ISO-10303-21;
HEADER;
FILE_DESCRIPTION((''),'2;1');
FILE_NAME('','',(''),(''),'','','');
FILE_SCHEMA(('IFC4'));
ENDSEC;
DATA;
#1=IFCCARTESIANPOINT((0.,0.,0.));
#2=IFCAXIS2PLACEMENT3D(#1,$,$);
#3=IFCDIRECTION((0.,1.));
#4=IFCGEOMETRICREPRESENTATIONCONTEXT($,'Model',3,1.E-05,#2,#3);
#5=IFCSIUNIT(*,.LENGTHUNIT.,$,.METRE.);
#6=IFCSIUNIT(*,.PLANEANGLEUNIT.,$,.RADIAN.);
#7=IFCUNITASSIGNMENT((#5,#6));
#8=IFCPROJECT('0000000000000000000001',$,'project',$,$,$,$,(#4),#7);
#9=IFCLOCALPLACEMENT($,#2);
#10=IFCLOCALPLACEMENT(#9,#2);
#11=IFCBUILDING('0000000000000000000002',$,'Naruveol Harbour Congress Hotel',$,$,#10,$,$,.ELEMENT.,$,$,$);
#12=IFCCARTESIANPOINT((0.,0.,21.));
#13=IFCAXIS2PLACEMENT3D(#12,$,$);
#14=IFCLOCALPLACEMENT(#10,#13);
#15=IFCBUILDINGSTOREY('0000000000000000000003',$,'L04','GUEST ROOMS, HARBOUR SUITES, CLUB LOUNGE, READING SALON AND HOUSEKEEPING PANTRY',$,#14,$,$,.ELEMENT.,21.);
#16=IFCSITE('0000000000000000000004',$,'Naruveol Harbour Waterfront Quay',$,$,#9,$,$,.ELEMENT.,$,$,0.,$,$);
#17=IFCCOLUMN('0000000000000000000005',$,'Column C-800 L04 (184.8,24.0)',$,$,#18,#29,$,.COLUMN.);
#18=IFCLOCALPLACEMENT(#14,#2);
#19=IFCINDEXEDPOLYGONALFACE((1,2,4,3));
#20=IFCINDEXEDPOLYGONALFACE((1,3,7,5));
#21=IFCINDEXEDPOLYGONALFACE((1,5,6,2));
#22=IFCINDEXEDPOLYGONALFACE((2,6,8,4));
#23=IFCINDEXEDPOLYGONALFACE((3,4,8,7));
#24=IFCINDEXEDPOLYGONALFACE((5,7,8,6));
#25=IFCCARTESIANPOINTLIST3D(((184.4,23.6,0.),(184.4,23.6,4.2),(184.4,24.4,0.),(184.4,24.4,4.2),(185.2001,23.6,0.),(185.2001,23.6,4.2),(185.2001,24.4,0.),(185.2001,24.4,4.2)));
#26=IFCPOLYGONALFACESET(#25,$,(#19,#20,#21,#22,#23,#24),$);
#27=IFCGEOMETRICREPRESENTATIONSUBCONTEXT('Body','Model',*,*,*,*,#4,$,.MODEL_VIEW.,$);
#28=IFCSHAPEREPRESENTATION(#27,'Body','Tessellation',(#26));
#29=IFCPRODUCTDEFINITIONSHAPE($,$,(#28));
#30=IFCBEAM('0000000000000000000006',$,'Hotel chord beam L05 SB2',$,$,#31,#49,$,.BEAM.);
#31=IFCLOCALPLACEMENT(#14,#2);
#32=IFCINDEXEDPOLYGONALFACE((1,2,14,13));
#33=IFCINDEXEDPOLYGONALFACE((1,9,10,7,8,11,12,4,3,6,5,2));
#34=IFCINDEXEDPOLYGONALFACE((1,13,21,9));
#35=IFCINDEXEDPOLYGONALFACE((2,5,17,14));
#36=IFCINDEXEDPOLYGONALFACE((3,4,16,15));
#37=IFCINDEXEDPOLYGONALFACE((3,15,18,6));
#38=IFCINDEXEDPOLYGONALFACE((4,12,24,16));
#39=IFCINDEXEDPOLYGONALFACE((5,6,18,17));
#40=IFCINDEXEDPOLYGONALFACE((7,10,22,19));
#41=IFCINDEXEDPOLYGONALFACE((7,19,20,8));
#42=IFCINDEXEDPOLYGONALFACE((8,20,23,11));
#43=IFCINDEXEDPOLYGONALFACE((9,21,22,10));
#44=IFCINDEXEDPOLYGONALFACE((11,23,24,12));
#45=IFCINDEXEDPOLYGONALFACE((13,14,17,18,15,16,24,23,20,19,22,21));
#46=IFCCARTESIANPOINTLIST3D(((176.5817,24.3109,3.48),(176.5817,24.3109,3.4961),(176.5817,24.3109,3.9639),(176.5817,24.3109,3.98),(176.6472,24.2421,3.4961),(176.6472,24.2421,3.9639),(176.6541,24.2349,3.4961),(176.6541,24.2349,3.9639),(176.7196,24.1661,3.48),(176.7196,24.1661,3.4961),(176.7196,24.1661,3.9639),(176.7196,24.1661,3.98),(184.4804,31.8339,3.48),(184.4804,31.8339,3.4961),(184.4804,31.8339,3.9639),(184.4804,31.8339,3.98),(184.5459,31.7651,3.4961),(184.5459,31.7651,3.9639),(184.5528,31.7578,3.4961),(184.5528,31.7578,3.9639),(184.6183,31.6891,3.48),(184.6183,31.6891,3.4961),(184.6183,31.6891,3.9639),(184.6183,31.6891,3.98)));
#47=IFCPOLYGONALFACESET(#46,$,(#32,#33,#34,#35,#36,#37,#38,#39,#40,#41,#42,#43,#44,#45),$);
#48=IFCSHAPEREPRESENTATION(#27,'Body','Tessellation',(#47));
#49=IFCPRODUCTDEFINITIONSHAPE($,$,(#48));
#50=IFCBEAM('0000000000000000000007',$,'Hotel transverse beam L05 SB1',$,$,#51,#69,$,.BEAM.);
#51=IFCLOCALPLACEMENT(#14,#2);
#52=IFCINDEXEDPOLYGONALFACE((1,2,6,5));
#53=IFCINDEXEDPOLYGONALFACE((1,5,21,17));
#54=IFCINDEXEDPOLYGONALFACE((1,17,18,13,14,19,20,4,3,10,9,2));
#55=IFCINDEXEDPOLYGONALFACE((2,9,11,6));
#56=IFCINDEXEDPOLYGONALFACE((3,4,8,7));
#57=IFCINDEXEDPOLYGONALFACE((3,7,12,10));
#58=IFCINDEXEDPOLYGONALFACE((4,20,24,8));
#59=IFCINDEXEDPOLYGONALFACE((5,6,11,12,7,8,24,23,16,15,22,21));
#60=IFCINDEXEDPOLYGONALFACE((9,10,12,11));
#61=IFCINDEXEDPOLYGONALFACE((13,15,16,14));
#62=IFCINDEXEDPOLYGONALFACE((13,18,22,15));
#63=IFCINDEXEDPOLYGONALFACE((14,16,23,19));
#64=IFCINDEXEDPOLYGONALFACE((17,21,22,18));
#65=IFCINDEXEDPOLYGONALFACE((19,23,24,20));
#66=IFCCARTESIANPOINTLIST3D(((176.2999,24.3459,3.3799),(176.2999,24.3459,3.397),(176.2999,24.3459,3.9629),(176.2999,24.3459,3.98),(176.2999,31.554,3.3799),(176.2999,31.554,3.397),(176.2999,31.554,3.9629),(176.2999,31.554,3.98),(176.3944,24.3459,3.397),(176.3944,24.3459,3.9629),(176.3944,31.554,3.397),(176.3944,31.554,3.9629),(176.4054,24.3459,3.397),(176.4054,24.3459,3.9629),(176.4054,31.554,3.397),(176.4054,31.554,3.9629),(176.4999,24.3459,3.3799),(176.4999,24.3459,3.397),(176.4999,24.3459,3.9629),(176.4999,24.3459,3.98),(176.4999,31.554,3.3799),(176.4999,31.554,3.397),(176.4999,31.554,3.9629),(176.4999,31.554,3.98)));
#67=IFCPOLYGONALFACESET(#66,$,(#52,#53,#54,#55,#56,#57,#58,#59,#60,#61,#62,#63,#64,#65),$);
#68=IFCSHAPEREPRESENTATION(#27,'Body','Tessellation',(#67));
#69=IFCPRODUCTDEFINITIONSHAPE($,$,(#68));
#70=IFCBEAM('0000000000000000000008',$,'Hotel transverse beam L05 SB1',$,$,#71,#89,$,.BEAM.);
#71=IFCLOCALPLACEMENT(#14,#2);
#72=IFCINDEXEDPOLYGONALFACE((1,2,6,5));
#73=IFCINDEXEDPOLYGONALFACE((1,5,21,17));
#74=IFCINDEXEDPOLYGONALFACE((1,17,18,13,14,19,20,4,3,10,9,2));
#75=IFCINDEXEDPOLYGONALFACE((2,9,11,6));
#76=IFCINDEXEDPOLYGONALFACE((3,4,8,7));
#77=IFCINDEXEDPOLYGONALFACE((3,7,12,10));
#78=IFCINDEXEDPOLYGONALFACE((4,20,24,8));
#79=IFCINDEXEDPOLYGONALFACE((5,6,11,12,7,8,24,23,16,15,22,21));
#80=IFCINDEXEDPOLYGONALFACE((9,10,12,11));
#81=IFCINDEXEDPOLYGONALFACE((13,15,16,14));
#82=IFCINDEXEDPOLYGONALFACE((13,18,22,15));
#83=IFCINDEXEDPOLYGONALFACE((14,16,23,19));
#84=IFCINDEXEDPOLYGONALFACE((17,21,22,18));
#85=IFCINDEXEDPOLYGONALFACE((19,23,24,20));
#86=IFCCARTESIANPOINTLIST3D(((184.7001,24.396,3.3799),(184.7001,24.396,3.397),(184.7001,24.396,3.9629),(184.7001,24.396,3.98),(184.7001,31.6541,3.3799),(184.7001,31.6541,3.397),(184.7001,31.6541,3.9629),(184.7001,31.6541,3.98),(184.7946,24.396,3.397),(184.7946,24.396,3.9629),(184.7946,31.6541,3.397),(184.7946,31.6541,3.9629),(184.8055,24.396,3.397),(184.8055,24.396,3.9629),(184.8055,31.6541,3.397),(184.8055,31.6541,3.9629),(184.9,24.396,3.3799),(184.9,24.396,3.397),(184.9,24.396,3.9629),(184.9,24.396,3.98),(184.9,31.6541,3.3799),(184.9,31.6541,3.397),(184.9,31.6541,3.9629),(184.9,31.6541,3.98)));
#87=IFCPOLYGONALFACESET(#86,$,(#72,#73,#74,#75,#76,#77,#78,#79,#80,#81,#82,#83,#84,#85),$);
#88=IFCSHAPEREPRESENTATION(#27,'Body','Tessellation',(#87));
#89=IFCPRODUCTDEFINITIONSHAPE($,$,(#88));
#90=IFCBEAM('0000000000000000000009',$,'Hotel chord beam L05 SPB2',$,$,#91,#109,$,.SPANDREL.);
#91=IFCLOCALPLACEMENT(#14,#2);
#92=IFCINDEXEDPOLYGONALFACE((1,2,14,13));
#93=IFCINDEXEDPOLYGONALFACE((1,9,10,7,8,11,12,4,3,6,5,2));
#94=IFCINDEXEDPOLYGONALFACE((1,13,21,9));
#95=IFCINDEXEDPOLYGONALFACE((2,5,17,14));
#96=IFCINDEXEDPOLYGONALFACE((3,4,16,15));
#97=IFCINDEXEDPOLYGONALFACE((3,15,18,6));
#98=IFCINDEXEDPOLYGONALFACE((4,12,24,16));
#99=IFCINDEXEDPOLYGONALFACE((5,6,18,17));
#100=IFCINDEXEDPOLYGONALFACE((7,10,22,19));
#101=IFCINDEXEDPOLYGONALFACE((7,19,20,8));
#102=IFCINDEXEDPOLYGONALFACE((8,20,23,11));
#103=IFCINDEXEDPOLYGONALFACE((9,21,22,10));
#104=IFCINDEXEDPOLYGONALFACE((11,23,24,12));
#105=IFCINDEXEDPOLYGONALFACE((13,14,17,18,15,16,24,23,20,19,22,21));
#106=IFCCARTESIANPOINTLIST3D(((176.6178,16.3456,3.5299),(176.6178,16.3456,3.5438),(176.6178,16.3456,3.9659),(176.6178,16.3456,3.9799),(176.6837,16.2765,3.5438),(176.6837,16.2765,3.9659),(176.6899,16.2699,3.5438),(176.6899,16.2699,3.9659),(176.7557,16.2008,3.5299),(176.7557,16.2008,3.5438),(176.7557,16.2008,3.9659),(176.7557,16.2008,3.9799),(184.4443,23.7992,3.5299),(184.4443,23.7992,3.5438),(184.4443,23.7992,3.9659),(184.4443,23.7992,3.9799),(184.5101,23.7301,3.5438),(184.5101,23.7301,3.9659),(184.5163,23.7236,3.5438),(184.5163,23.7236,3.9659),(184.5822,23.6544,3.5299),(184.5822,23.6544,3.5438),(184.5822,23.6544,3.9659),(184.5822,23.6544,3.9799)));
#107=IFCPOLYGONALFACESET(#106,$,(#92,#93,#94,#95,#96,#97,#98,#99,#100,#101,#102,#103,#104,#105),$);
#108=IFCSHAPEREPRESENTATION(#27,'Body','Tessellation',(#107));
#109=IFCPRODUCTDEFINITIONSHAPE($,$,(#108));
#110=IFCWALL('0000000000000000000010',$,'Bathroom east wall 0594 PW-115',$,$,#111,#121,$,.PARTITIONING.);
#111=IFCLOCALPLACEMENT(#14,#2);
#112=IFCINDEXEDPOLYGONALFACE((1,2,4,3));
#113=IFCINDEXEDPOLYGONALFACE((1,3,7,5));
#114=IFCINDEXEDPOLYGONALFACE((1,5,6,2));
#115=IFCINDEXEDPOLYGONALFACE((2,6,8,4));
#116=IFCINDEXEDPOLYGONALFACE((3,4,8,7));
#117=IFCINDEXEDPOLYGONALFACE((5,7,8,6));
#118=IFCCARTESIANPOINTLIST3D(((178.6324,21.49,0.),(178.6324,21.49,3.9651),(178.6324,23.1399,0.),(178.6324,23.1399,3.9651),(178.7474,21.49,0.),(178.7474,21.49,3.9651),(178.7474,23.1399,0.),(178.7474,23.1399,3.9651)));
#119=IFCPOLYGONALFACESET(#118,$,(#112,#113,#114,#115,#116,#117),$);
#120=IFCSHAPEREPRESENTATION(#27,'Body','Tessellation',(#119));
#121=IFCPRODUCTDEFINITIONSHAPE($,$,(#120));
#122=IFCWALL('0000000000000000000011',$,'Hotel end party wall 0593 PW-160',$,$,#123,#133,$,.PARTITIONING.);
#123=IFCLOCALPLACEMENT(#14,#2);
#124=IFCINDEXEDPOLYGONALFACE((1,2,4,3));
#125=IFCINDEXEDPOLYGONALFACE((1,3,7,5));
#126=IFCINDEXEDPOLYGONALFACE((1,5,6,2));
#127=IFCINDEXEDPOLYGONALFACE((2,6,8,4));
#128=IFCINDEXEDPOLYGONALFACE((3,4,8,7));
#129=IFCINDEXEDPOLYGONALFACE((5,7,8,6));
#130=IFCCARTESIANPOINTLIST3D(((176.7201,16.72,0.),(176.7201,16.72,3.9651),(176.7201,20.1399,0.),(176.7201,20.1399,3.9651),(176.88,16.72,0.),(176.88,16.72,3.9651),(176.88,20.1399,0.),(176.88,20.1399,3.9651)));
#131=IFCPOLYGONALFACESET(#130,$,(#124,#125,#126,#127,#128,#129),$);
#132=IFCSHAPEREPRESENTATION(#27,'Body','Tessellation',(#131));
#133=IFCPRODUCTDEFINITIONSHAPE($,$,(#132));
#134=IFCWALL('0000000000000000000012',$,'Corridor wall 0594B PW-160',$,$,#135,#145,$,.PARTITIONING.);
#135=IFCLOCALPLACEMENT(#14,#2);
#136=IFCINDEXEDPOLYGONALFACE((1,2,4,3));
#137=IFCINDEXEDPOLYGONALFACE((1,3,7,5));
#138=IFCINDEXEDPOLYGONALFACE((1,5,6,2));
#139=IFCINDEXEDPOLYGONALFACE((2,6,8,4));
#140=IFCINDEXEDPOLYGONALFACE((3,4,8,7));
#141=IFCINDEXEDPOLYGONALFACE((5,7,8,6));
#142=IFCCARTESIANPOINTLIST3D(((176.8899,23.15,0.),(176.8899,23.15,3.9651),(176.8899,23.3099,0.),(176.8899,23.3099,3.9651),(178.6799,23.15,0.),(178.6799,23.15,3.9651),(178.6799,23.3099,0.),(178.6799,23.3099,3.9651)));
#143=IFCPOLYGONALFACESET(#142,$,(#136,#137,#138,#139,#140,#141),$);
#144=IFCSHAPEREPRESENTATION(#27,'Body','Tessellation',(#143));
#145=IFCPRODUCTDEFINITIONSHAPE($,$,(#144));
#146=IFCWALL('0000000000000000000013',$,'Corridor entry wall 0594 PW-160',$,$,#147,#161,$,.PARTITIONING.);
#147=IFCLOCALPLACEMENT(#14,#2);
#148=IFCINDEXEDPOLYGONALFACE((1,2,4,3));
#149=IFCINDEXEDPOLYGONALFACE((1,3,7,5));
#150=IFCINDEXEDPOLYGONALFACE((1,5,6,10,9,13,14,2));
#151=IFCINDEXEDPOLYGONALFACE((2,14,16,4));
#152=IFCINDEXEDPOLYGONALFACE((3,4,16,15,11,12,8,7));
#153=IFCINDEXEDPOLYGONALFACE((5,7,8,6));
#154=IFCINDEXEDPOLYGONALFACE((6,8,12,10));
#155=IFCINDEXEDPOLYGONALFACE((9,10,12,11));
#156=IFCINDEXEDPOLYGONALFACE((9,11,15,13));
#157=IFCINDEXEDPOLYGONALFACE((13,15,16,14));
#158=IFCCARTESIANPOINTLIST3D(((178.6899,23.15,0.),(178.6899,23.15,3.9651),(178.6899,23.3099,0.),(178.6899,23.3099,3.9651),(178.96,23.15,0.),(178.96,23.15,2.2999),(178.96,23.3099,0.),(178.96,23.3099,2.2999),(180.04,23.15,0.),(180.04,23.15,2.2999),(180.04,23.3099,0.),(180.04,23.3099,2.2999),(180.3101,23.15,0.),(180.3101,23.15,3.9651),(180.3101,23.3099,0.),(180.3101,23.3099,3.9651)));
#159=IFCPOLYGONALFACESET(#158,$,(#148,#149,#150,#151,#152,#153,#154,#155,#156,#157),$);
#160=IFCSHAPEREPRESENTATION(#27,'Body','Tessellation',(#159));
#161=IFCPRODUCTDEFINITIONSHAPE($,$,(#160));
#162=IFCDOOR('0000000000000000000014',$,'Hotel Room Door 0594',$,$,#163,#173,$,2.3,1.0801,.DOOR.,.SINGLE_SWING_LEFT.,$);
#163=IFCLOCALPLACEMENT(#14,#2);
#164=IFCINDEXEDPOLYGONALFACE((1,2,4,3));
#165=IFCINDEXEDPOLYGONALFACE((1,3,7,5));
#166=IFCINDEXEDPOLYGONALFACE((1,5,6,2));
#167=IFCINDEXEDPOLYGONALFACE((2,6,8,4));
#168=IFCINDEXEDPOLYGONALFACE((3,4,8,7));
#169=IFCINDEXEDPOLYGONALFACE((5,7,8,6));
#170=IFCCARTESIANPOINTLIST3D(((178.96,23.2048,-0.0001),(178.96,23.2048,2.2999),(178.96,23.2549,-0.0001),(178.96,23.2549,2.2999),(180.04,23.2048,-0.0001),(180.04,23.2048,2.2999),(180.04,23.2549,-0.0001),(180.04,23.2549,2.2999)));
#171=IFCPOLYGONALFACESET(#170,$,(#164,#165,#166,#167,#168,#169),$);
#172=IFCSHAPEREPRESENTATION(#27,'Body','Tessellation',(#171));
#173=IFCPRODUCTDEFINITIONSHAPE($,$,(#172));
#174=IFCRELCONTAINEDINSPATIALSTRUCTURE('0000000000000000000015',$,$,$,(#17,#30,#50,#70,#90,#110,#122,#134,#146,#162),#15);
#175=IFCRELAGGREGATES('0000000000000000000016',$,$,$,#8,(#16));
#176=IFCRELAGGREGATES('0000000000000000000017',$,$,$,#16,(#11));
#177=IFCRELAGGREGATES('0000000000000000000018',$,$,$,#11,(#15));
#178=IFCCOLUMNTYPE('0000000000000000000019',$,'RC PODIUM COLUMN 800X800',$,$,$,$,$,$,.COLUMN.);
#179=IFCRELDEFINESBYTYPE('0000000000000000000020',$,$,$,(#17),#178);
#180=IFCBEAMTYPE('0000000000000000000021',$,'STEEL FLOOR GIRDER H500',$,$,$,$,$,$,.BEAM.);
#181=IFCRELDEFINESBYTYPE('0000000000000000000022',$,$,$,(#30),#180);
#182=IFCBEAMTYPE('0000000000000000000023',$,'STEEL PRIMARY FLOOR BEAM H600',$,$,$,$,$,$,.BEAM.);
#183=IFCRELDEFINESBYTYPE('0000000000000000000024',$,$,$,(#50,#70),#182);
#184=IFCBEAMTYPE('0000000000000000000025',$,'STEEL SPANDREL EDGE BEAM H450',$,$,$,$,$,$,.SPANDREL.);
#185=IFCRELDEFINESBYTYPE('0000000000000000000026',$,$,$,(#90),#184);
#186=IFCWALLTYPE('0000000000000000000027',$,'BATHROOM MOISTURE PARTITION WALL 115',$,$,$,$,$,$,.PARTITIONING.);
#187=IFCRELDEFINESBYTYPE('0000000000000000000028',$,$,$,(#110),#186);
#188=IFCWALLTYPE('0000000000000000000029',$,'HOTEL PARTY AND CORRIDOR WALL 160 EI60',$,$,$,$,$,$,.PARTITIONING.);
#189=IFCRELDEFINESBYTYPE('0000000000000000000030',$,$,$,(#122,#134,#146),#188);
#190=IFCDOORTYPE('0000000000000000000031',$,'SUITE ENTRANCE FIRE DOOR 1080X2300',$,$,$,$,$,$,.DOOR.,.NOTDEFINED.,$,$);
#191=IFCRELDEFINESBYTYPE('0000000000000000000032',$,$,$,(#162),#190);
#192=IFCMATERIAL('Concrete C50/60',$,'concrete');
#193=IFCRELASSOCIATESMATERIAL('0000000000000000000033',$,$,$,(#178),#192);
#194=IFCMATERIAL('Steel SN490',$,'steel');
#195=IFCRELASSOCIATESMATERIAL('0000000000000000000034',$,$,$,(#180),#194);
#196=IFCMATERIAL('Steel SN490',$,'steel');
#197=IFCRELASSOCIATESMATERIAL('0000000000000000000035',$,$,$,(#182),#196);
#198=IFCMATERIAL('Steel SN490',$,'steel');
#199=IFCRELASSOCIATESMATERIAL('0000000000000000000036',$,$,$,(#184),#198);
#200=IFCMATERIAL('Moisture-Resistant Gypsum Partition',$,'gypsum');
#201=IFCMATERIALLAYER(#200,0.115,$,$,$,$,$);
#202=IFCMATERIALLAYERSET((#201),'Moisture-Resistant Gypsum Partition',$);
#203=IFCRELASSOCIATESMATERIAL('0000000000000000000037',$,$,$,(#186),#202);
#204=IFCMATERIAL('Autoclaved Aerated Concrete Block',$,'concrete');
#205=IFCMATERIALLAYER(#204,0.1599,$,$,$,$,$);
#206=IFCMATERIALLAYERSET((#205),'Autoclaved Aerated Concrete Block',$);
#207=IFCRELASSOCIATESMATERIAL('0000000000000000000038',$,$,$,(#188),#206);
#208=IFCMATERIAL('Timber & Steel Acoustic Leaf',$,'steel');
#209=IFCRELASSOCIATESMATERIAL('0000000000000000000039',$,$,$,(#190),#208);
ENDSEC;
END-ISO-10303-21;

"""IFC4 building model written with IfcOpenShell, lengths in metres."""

from ifc_helpers import new_model, si_unit, direction, frame, frame_2d, origin, origin_2d, place, context, subcontext, project, spatial, rectangle, i_section, extrude, material, layer, layer_set, material_profile, profile_set, type_object, element, fill, save


model = new_model("IFC4")

# Units and contexts
model_context = context("Model", 3, precision=1e-05, world=origin(), true_north=direction((0.0, 1.0)))
body_context = subcontext(model_context, "Body", "Model", "MODEL_VIEW")
ifc_project = project(units=[si_unit("LENGTHUNIT", "METRE"), si_unit("PLANEANGLEUNIT", "RADIAN")], contexts=[model_context])

# Site, building, storey
site_placement = place(None, origin())
site = spatial("IfcSite", under=ifc_project, at=site_placement, Name="Naruveol Harbour Waterfront Quay", CompositionType="ELEMENT", RefElevation=0.0)
building_placement = place(site_placement, origin())
building = spatial("IfcBuilding", under=site, at=building_placement, Name="Naruveol Harbour Congress Hotel", CompositionType="ELEMENT")
storey_placement = place(building_placement, frame((0.0, 0.0, 21.0)))
storey = spatial("IfcBuildingStorey", under=building, at=storey_placement, Name="L04", Description="GUEST ROOMS, HARBOUR SUITES, CLUB LOUNGE, READING SALON AND HOUSEKEEPING PANTRY", CompositionType="ELEMENT", Elevation=21.0)

# Column
ifc_material_1 = material(Name="Concrete C50/60", Category="concrete")
ifc_material_profile_1 = material_profile(ifc_material_1, rectangle(XDim=0.8, YDim=0.8, at=origin_2d()), Name="RC-800x800")
ifc_profile_set_1 = profile_set([ifc_material_profile_1], Name="Concrete C50/60")
column_type = type_object("IfcColumnType", Name="RC PODIUM COLUMN 800X800", PredefinedType="COLUMN", material=ifc_profile_set_1)
column_placement = place(storey_placement, frame((184.8, 24.0, 0.0), z_axis=(0.0, 0.0, 1.0), x_axis=(1.0, 0.0, 0.0)))
element("IfcColumn", 1, at=column_placement, inside=storey, type_object=column_type, Name="Column C-800 L04 (184.8,24.0)", PredefinedType="COLUMN", context=body_context, shape_type="SweptSolid", body=[
    extrude(rectangle(XDim=0.8, YDim=0.8, at=origin_2d()), origin(), (0.0, 0.0, 1.0), 4.2),
])

# Beams
ifc_material_2 = material(Name="Steel SN490", Category="steel")
ifc_material_profile_2 = material_profile(ifc_material_2, i_section(OverallWidth=0.2, OverallDepth=0.5, WebThickness=0.01, FlangeThickness=0.0161, at=origin_2d()), Name="H-500x200x10x16")
ifc_profile_set_2 = profile_set([ifc_material_profile_2], Name="Steel SN490")
beam_type_1 = type_object("IfcBeamType", Name="STEEL FLOOR GIRDER H500", PredefinedType="BEAM", material=ifc_profile_set_2)
beam_1_placement = place(storey_placement, frame((176.6506, 24.2385, 3.73), z_axis=(0.72412, 0.689674, 0.0), x_axis=(-0.689674, 0.72412, 0.0)))
element("IfcBeam", 2, at=beam_1_placement, inside=storey, type_object=beam_type_1, Name="Hotel chord beam L05 SB2", PredefinedType="BEAM", context=body_context, shape_type="SweptSolid", body=[
    extrude(i_section(OverallWidth=0.2, OverallDepth=0.5, WebThickness=0.01, FlangeThickness=0.0161, at=origin_2d()), origin(), (0.0, 0.0, 1.0), 10.908),
])
ifc_material_3 = material(Name="Steel SN490", Category="steel")
ifc_material_profile_3 = material_profile(ifc_material_3, i_section(OverallWidth=0.2, OverallDepth=0.6001, WebThickness=0.011, FlangeThickness=0.0171, at=origin_2d()), Name="H-600x200x11x17")
ifc_profile_set_3 = profile_set([ifc_material_profile_3], Name="Steel SN490")
beam_type_2 = type_object("IfcBeamType", Name="STEEL PRIMARY FLOOR BEAM H600", PredefinedType="BEAM", material=ifc_profile_set_3)
beam_2_placement = place(storey_placement, frame((176.3999, 24.3459, 3.6799), z_axis=(0.0, 1.0, 0.0), x_axis=(-1.0, 0.0, 0.0)))
element("IfcBeam", 3, at=beam_2_placement, inside=storey, type_object=beam_type_2, Name="Hotel transverse beam L05 SB1", PredefinedType="BEAM", context=body_context, shape_type="SweptSolid", body=[
    extrude(i_section(OverallWidth=0.2, OverallDepth=0.6001, WebThickness=0.011, FlangeThickness=0.0171, at=origin_2d()), origin(), (0.0, 0.0, 1.0), 7.208),
])
beam_3_placement = place(storey_placement, frame((184.8, 24.396, 3.6799), z_axis=(0.0, 1.0, 0.0), x_axis=(-1.0, 0.0, 0.0)))
element("IfcBeam", 4, at=beam_3_placement, inside=storey, type_object=beam_type_2, Name="Hotel transverse beam L05 SB1", PredefinedType="BEAM", context=body_context, shape_type="SweptSolid", body=[
    extrude(i_section(OverallWidth=0.2, OverallDepth=0.6001, WebThickness=0.011, FlangeThickness=0.0171, at=origin_2d()), origin(), (0.0, 0.0, 1.0), 7.2581),
])
ifc_material_4 = material(Name="Steel SN490", Category="steel")
ifc_material_profile_4 = material_profile(ifc_material_4, i_section(OverallWidth=0.2, OverallDepth=0.45, WebThickness=0.009, FlangeThickness=0.0139, at=origin_2d()), Name="H-450x200x9x14")
ifc_profile_set_4 = profile_set([ifc_material_profile_4], Name="Steel SN490")
beam_type_3 = type_object("IfcBeamType", Name="STEEL SPANDREL EDGE BEAM H450", PredefinedType="SPANDREL", material=ifc_profile_set_4)
beam_4_placement = place(storey_placement, frame((176.6868, 16.2732, 3.7549), z_axis=(0.724143, 0.68965, 0.0), x_axis=(-0.68965, 0.724143, 0.0)))
element("IfcBeam", 5, at=beam_4_placement, inside=storey, type_object=beam_type_3, Name="Hotel chord beam L05 SPB2", PredefinedType="SPANDREL", context=body_context, shape_type="SweptSolid", body=[
    extrude(i_section(OverallWidth=0.2, OverallDepth=0.45, WebThickness=0.009, FlangeThickness=0.0139, at=origin_2d()), origin(), (0.0, 0.0, 1.0), 10.8079),
])

# Wall
ifc_material_5 = material(Name="Moisture-Resistant Gypsum Partition", Category="gypsum")
ifc_layer_1 = layer(ifc_material_5, 0.115)
ifc_layer_set_1 = layer_set([ifc_layer_1], Name="Moisture-Resistant Gypsum Partition")
wall_type_1 = type_object("IfcWallType", Name="BATHROOM MOISTURE PARTITION WALL 115", PredefinedType="PARTITIONING", material=ifc_layer_set_1)
wall_1_placement = place(storey_placement, frame((178.6899, 21.49, 0.0), z_axis=(0.0, 0.0, 1.0), x_axis=(0.0, 1.0, 0.0)))
element("IfcWall", 6, at=wall_1_placement, inside=storey, type_object=wall_type_1, Name="Bathroom east wall 0594 PW-115", PredefinedType="PARTITIONING", context=body_context, shape_type="SweptSolid", body=[
    extrude(rectangle(XDim=1.6499, YDim=0.115, at=frame_2d((0.825, 0.0))), origin(), (0.0, 0.0, 1.0), 3.9651),
])

# Walls
ifc_material_6 = material(Name="Autoclaved Aerated Concrete Block", Category="concrete")
ifc_layer_2 = layer(ifc_material_6, 0.1599)
ifc_layer_set_2 = layer_set([ifc_layer_2], Name="Autoclaved Aerated Concrete Block")
wall_type_2 = type_object("IfcWallType", Name="HOTEL PARTY AND CORRIDOR WALL 160 EI60", PredefinedType="PARTITIONING", material=ifc_layer_set_2)
wall_2_placement = place(storey_placement, frame((176.8, 16.72, 0.0), z_axis=(0.0, 0.0, 1.0), x_axis=(0.0, 1.0, 0.0)))
element("IfcWall", 7, at=wall_2_placement, inside=storey, type_object=wall_type_2, Name="Hotel end party wall 0593 PW-160", PredefinedType="PARTITIONING", context=body_context, shape_type="SweptSolid", body=[
    extrude(rectangle(XDim=3.4199, YDim=0.1599, at=frame_2d((1.71, 0.0))), origin(), (0.0, 0.0, 1.0), 3.9651),
])
wall_3_placement = place(storey_placement, frame((176.8899, 23.23, 0.0), z_axis=(0.0, 0.0, 1.0), x_axis=(1.0, 0.0, 0.0)))
element("IfcWall", 8, at=wall_3_placement, inside=storey, type_object=wall_type_2, Name="Corridor wall 0594B PW-160", PredefinedType="PARTITIONING", context=body_context, shape_type="SweptSolid", body=[
    extrude(rectangle(XDim=1.79, YDim=0.1599, at=frame_2d((0.895, 0.0))), origin(), (0.0, 0.0, 1.0), 3.9651),
])

# Wall, opening, door
wall_4_placement = place(storey_placement, frame((178.6899, 23.23, 0.0), z_axis=(0.0, 0.0, 1.0), x_axis=(1.0, 0.0, 0.0)))
wall_4 = element("IfcWall", 9, at=wall_4_placement, inside=storey, type_object=wall_type_2, Name="Corridor entry wall 0594 PW-160", PredefinedType="PARTITIONING", context=body_context, shape_type="SweptSolid", body=[
    extrude(rectangle(XDim=1.6201, YDim=0.1599, at=frame_2d((0.8101, 0.0))), origin(), (0.0, 0.0, 1.0), 3.9651),
])
opening_1_placement = place(wall_4_placement, frame((0.27, 0.0, 0.0)))
opening_1 = element("IfcOpeningElement", 10, at=opening_1_placement, cuts=wall_4, PredefinedType="OPENING", context=body_context, shape_type="SweptSolid", body=[
    extrude(rectangle(XDim=1.0801, YDim=2.3, at=frame_2d((0.54, 1.1499))), frame((0.0, 0.0898, 0.0), z_axis=(0.0, -1.0, 0.0), x_axis=(1.0, 0.0, 0.0)), (0.0, 0.0, 1.0), 0.1799),
])
ifc_material_7 = material(Name="Timber & Steel Acoustic Leaf", Category="steel")
door_type_1 = type_object("IfcDoorType", Name="SUITE ENTRANCE FIRE DOOR 1080X2300", OperationType="NOTDEFINED", PredefinedType="DOOR", material=ifc_material_7)
door_1_placement = place(opening_1_placement, origin())
door_1 = element("IfcDoor", 11, at=door_1_placement, inside=storey, type_object=door_type_1, Name="Hotel Room Door 0594", OperationType="SINGLE_SWING_LEFT", OverallHeight=2.3, OverallWidth=1.0801, PredefinedType="DOOR", context=body_context, shape_type="SweptSolid", body=[
    extrude(rectangle(XDim=1.0801, YDim=2.3, at=frame_2d((0.54, 1.1499))), frame((0.0, 0.0249, 0.0), z_axis=(0.0, -1.0, 0.0), x_axis=(1.0, 0.0, 0.0)), (0.0, 0.0, 1.0), 0.05),
])
fill(opening_1, door_1)

save(model, "model.ifc")
